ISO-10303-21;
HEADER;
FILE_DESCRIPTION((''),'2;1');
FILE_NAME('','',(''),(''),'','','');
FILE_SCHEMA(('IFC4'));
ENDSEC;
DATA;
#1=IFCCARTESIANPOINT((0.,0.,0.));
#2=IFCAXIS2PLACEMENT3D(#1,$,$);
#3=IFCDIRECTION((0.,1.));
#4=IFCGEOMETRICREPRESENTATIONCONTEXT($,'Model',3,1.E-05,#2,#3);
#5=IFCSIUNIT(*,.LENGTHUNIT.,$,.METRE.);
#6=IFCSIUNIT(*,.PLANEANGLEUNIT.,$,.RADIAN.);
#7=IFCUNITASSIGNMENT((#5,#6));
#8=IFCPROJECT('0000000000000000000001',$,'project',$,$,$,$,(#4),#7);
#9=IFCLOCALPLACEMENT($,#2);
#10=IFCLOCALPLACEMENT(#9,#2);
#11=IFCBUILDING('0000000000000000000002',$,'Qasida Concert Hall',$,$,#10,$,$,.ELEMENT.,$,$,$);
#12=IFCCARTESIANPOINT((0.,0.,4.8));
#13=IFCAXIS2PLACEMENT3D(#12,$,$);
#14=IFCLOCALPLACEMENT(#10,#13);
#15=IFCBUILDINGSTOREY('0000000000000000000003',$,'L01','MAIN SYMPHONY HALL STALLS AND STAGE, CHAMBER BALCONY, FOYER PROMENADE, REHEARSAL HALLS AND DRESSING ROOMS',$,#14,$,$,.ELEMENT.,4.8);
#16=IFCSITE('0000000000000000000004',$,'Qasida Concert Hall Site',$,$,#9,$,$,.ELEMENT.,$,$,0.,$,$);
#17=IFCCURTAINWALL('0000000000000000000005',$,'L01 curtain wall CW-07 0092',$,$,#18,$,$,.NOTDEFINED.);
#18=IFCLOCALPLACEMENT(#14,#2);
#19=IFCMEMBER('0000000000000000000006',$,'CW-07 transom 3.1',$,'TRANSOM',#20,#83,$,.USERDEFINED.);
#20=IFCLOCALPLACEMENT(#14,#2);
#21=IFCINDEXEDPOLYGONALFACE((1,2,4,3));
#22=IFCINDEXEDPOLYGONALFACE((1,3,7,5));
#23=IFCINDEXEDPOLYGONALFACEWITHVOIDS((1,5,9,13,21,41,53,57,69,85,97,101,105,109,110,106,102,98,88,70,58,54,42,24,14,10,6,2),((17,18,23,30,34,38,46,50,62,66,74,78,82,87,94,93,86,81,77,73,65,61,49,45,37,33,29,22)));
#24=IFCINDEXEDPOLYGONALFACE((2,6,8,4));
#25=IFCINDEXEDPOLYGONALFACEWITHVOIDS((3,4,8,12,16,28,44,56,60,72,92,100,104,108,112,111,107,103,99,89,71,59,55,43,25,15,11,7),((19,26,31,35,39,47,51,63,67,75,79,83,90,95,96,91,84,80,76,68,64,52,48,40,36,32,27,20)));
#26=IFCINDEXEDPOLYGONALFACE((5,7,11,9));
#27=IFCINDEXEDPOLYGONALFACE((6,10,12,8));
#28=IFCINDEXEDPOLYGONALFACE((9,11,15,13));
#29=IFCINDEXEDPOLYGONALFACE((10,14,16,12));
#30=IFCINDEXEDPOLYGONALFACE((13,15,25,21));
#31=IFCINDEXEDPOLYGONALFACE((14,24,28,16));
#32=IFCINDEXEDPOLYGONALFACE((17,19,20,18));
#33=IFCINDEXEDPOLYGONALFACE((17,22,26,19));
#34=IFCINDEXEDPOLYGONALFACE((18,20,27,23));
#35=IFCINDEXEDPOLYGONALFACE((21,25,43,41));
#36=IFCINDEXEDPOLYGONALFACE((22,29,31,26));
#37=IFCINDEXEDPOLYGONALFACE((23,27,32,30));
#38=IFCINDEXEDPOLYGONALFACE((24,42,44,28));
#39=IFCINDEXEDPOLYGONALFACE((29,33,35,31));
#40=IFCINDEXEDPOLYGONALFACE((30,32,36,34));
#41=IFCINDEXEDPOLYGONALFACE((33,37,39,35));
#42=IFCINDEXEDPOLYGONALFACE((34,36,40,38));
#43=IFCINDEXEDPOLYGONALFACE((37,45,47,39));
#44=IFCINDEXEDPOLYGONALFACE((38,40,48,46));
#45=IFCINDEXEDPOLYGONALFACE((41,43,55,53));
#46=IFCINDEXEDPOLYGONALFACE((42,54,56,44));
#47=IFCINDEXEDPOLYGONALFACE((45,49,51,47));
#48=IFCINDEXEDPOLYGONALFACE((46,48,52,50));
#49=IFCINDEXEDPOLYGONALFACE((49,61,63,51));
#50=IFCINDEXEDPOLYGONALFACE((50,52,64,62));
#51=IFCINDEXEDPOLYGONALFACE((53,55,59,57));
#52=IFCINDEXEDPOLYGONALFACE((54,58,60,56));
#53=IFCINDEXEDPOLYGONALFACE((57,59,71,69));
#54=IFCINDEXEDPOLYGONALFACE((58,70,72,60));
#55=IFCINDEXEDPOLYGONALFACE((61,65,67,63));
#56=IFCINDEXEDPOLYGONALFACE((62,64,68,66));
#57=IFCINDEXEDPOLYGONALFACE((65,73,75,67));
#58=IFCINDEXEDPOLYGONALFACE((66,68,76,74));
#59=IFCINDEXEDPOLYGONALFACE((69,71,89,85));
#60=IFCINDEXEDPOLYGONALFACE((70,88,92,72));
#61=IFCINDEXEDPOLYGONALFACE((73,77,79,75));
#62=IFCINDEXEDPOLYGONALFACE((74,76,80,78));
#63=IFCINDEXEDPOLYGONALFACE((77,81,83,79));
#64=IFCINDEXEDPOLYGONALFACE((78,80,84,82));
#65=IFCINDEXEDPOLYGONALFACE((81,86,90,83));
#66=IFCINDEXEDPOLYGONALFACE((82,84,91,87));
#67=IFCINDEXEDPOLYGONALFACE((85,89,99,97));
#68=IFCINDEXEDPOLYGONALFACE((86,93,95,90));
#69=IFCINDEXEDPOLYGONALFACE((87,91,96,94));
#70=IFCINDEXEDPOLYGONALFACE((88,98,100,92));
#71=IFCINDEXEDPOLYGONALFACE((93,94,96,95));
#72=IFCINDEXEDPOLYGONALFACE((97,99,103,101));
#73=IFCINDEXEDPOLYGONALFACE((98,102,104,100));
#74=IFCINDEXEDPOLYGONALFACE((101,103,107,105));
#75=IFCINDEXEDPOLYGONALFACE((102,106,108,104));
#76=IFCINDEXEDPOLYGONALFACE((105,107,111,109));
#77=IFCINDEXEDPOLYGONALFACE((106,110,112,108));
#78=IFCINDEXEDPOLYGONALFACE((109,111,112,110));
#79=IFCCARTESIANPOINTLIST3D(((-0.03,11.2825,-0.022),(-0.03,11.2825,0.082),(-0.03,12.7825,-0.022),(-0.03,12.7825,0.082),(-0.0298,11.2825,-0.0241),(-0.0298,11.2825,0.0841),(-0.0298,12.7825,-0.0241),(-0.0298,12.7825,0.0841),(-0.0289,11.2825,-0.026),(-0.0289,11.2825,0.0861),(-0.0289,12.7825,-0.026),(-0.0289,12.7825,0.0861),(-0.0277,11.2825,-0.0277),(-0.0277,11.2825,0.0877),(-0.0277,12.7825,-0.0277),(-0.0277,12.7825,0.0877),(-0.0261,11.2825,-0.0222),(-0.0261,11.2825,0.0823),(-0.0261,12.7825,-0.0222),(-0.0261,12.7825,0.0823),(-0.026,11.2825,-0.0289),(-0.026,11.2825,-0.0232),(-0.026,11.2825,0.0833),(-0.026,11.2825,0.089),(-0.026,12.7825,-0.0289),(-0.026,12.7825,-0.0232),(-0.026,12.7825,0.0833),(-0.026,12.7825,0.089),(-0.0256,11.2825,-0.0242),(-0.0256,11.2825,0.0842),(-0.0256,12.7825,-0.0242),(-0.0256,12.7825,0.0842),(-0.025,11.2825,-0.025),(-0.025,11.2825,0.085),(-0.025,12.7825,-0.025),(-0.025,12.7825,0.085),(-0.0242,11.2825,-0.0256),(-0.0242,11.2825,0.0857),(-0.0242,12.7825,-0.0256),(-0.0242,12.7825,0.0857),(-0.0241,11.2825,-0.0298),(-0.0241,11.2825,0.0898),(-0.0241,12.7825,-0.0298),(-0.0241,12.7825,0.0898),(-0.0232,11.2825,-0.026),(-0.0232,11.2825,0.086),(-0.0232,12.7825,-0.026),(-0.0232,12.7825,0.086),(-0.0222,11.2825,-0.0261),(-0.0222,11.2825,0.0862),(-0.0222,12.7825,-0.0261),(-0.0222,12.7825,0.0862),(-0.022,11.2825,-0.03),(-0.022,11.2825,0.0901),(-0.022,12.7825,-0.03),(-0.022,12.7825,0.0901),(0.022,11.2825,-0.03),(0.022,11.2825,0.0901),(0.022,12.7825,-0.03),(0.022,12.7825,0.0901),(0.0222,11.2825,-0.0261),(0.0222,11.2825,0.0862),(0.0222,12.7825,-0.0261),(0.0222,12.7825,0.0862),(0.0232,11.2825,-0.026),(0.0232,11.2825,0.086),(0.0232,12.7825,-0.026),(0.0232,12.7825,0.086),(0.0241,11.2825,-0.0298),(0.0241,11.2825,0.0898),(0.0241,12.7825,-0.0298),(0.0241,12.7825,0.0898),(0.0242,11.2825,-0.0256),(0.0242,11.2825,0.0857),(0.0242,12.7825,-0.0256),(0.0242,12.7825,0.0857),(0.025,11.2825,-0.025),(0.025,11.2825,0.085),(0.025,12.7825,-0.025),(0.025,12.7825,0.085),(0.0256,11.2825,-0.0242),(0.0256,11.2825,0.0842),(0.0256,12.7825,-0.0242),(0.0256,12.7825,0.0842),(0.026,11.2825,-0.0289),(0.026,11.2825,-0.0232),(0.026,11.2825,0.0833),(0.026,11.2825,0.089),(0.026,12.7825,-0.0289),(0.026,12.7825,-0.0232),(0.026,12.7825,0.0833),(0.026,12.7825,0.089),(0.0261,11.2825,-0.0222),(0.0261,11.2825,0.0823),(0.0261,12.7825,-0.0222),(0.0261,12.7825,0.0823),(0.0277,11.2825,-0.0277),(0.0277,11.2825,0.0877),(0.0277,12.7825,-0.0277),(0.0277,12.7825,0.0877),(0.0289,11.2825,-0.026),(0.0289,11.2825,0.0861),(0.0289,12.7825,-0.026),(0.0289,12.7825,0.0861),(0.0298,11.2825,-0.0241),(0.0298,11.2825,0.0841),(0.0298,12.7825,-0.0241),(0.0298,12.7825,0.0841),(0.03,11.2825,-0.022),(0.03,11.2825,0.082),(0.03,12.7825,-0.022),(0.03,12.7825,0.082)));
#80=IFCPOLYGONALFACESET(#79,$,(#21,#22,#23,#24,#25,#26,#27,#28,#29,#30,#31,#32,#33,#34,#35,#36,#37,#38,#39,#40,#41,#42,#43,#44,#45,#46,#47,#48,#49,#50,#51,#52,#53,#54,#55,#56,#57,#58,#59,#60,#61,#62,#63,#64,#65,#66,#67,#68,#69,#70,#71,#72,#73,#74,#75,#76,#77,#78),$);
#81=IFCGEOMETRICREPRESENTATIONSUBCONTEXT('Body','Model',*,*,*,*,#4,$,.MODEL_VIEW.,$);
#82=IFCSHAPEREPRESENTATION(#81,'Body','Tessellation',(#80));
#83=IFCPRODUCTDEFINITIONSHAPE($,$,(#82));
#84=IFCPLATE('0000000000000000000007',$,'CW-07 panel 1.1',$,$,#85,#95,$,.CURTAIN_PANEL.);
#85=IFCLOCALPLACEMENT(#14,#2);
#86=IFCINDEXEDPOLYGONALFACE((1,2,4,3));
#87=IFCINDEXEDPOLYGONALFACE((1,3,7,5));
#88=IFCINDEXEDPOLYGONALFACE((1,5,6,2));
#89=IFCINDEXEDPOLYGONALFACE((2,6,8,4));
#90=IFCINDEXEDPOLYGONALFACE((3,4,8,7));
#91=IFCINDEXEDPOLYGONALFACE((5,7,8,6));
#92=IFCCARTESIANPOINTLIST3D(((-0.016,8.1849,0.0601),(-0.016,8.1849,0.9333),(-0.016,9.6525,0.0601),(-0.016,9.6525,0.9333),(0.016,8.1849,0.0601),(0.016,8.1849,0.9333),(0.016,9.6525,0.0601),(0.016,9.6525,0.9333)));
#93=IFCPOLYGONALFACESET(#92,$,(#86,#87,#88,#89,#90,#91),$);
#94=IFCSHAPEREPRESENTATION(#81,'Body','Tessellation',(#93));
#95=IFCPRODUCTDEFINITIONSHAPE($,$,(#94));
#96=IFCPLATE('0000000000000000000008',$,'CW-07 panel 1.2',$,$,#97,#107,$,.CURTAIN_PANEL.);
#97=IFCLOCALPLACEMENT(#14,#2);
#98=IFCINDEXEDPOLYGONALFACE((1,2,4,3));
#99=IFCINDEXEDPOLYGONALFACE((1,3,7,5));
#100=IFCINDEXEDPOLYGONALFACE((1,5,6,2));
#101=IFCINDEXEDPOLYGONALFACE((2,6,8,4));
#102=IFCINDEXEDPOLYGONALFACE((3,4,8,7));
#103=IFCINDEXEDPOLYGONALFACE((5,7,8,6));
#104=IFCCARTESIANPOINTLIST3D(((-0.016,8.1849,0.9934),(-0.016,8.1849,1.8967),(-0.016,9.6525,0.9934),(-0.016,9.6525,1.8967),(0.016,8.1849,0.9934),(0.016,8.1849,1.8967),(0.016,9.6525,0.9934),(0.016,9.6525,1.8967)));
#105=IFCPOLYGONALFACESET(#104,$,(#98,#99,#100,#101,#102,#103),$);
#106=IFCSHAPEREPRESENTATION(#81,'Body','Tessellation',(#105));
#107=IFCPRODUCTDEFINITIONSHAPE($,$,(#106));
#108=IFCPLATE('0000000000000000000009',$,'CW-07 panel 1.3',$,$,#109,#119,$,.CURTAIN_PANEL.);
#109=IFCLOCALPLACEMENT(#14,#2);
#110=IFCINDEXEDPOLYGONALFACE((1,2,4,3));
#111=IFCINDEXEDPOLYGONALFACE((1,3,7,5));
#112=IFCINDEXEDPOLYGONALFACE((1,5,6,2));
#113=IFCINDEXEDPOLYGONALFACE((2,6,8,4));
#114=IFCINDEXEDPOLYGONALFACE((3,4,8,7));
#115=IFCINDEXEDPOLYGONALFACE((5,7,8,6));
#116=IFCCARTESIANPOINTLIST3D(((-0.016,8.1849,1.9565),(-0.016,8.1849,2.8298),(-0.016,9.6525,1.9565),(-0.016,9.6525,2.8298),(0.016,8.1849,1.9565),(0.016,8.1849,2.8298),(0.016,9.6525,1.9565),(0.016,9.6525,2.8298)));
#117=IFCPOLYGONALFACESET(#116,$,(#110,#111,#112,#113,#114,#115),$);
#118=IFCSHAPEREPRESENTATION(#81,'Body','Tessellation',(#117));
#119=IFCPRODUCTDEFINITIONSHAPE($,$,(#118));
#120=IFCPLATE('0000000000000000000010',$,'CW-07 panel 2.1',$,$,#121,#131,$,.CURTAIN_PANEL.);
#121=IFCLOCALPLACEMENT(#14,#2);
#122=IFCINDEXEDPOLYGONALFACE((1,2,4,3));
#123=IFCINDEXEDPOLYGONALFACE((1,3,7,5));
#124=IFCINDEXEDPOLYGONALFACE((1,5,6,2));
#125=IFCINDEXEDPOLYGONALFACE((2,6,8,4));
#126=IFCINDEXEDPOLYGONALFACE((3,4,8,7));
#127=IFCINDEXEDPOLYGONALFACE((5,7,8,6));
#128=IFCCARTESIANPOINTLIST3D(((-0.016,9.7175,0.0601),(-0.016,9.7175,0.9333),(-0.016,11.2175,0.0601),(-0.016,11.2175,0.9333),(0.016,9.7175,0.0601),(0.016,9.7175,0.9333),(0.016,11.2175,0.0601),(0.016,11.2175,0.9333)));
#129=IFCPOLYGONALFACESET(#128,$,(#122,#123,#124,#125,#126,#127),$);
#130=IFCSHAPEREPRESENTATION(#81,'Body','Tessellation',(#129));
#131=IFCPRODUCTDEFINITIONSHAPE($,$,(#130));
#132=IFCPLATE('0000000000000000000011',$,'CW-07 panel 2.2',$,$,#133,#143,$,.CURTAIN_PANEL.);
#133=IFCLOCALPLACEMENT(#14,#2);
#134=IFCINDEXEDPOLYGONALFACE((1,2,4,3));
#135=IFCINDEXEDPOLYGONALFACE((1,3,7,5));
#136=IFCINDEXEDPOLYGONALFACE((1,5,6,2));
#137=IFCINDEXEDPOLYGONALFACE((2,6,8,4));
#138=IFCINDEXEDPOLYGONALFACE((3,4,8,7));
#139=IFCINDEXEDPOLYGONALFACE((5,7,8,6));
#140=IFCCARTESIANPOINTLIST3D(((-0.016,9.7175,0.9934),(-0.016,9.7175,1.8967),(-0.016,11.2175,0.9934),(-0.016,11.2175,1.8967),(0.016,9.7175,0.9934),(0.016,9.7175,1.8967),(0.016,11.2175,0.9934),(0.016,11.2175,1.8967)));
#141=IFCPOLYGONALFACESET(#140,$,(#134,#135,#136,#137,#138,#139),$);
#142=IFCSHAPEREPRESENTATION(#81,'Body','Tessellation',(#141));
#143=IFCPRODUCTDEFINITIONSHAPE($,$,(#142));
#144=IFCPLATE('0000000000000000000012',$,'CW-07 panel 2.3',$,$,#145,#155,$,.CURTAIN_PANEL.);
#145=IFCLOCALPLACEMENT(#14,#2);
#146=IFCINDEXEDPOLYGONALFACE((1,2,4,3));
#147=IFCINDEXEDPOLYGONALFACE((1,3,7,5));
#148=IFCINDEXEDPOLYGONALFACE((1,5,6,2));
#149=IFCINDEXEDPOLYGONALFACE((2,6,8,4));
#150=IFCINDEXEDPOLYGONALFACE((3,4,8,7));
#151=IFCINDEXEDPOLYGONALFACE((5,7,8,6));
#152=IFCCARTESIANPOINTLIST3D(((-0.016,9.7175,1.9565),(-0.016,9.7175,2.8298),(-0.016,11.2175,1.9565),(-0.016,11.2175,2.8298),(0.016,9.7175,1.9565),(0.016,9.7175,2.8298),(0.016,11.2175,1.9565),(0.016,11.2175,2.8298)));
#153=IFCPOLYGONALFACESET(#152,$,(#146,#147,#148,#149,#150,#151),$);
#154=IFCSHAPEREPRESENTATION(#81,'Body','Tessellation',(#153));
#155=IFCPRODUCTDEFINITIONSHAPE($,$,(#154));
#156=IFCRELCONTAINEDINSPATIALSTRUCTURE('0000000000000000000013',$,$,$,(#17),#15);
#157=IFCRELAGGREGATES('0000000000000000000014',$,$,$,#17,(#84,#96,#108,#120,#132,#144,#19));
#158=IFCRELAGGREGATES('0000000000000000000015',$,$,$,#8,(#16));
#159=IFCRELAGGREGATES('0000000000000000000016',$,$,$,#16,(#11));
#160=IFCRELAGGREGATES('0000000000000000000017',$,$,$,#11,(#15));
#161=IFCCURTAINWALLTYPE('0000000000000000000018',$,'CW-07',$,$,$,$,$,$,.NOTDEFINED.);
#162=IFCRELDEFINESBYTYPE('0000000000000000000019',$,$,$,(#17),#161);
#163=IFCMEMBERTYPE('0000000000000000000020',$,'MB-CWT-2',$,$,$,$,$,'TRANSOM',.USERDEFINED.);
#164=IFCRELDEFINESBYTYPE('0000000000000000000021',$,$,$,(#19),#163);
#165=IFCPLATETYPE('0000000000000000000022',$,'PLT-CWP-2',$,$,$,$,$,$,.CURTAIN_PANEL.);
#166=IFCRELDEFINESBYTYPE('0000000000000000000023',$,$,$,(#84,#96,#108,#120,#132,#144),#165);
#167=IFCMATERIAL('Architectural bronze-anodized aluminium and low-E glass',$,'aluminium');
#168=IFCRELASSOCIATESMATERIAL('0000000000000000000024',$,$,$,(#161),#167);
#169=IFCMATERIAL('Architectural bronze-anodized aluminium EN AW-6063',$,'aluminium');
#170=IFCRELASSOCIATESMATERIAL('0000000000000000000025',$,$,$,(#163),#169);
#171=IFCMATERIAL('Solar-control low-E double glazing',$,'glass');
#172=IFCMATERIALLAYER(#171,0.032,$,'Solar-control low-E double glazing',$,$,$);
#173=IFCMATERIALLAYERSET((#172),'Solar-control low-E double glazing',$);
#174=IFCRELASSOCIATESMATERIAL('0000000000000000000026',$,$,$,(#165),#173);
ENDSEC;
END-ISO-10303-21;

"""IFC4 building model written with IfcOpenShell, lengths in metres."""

from ifc_helpers import new_model, si_unit, direction, frame, origin, origin_2d, place, context, subcontext, project, spatial, rectangle, hollow_rectangle, extrude, material, layer, layer_set, material_profile, profile_set, type_object, element, aggregate, save


model = new_model("IFC4")

# Units and contexts
model_context = context("Model", 3, precision=1e-05, world=origin(), true_north=direction((0.0, 1.0)))
body_context = subcontext(model_context, "Body", "Model", "MODEL_VIEW")
ifc_project = project(units=[si_unit("LENGTHUNIT", "METRE"), si_unit("PLANEANGLEUNIT", "RADIAN")], contexts=[model_context])

# Site, building, storey
site_placement = place(None, origin())
site = spatial("IfcSite", under=ifc_project, at=site_placement, Name="Qasida Concert Hall Site", CompositionType="ELEMENT", RefElevation=0.0)
building_placement = place(site_placement, origin())
building = spatial("IfcBuilding", under=site, at=building_placement, Name="Qasida Concert Hall", CompositionType="ELEMENT")
storey_placement = place(building_placement, frame((0.0, 0.0, 4.8)))
storey = spatial("IfcBuildingStorey", under=building, at=storey_placement, Name="L01", Description="MAIN SYMPHONY HALL STALLS AND STAGE, CHAMBER BALCONY, FOYER PROMENADE, REHEARSAL HALLS AND DRESSING ROOMS", CompositionType="ELEMENT", Elevation=4.8)

# Curtain wall, member, plates
ifc_material_1 = material(Name="Architectural bronze-anodized aluminium and low-E glass", Category="aluminium")
curtain_wall_type = type_object("IfcCurtainWallType", Name="CW-07", PredefinedType="NOTDEFINED", material=ifc_material_1)
curtain_wall_placement = place(storey_placement, origin())
curtain_wall = element("IfcCurtainWall", 1, at=curtain_wall_placement, inside=storey, type_object=curtain_wall_type, Name="L01 curtain wall CW-07 0092", PredefinedType="NOTDEFINED")
ifc_material_2 = material(Name="Architectural bronze-anodized aluminium EN AW-6063", Category="aluminium")
ifc_material_profile_1 = material_profile(ifc_material_2, hollow_rectangle(XDim=0.0601, YDim=0.1201, WallThickness=0.0039, InnerFilletRadius=0.0039, OuterFilletRadius=0.0081, at=origin_2d()), Name="CWT 120x60x4")
ifc_profile_set_1 = profile_set([ifc_material_profile_1], Name="Architectural bronze-anodized aluminium EN AW-6063")
member_type_1 = type_object("IfcMemberType", Name="MB-CWT-2", ElementType="TRANSOM", PredefinedType="USERDEFINED", material=ifc_profile_set_1)
member_1_placement = place(storey_placement, frame((0.0, 11.2825, 0.03), z_axis=(0.0, 1.0, 0.0), x_axis=(-1.0, 0.0, 0.0)))
member_1 = element("IfcMember", 2, at=member_1_placement, type_object=member_type_1, Name="CW-07 transom 3.1", ObjectType="TRANSOM", PredefinedType="USERDEFINED", context=body_context, shape_type="SweptSolid", body=[
    extrude(hollow_rectangle(XDim=0.0601, YDim=0.1201, WallThickness=0.0039, InnerFilletRadius=0.0039, OuterFilletRadius=0.0081, at=origin_2d()), origin(), (0.0, 0.0, 1.0), 1.5),
])
ifc_material_3 = material(Name="Solar-control low-E double glazing", Category="glass")
ifc_layer_1 = layer(ifc_material_3, 0.032, Name="Solar-control low-E double glazing")
ifc_layer_set_1 = layer_set([ifc_layer_1], Name="Solar-control low-E double glazing")
plate_type = type_object("IfcPlateType", Name="PLT-CWP-2", PredefinedType="CURTAIN_PANEL", material=ifc_layer_set_1)
plate_1_placement = place(storey_placement, frame((0.0, 8.9187, 0.0601), z_axis=(0.0, 0.0, 1.0), x_axis=(0.0, 1.0, 0.0)))
plate_1 = element("IfcPlate", 3, at=plate_1_placement, type_object=plate_type, Name="CW-07 panel 1.1", PredefinedType="CURTAIN_PANEL", context=body_context, shape_type="SweptSolid", body=[
    extrude(rectangle(XDim=1.4675, YDim=0.032, at=origin_2d()), origin(), (0.0, 0.0, 1.0), 0.8733),
])
plate_2_placement = place(storey_placement, frame((0.0, 8.9187, 0.9934), z_axis=(0.0, 0.0, 1.0), x_axis=(0.0, 1.0, 0.0)))
plate_2 = element("IfcPlate", 4, at=plate_2_placement, type_object=plate_type, Name="CW-07 panel 1.2", PredefinedType="CURTAIN_PANEL", context=body_context, shape_type="SweptSolid", body=[
    extrude(rectangle(XDim=1.4675, YDim=0.032, at=origin_2d()), origin(), (0.0, 0.0, 1.0), 0.9033),
])
plate_3_placement = place(storey_placement, frame((0.0, 8.9187, 1.9565), z_axis=(0.0, 0.0, 1.0), x_axis=(0.0, 1.0, 0.0)))
plate_3 = element("IfcPlate", 5, at=plate_3_placement, type_object=plate_type, Name="CW-07 panel 1.3", PredefinedType="CURTAIN_PANEL", context=body_context, shape_type="SweptSolid", body=[
    extrude(rectangle(XDim=1.4675, YDim=0.032, at=origin_2d()), origin(), (0.0, 0.0, 1.0), 0.8733),
])
plate_4_placement = place(storey_placement, frame((0.0, 10.4675, 0.0601), z_axis=(0.0, 0.0, 1.0), x_axis=(0.0, 1.0, 0.0)))
plate_4 = element("IfcPlate", 6, at=plate_4_placement, type_object=plate_type, Name="CW-07 panel 2.1", PredefinedType="CURTAIN_PANEL", context=body_context, shape_type="SweptSolid", body=[
    extrude(rectangle(XDim=1.5, YDim=0.032, at=origin_2d()), origin(), (0.0, 0.0, 1.0), 0.8733),
])
plate_5_placement = place(storey_placement, frame((0.0, 10.4675, 0.9934), z_axis=(0.0, 0.0, 1.0), x_axis=(0.0, 1.0, 0.0)))
plate_5 = element("IfcPlate", 7, at=plate_5_placement, type_object=plate_type, Name="CW-07 panel 2.2", PredefinedType="CURTAIN_PANEL", context=body_context, shape_type="SweptSolid", body=[
    extrude(rectangle(XDim=1.5, YDim=0.032, at=origin_2d()), origin(), (0.0, 0.0, 1.0), 0.9033),
])
plate_6_placement = place(storey_placement, frame((0.0, 10.4675, 1.9565), z_axis=(0.0, 0.0, 1.0), x_axis=(0.0, 1.0, 0.0)))
plate_6 = element("IfcPlate", 8, at=plate_6_placement, type_object=plate_type, Name="CW-07 panel 2.3", PredefinedType="CURTAIN_PANEL", context=body_context, shape_type="SweptSolid", body=[
    extrude(rectangle(XDim=1.5, YDim=0.032, at=origin_2d()), origin(), (0.0, 0.0, 1.0), 0.8733),
])
aggregate(curtain_wall, [plate_1, plate_2, plate_3, plate_4, plate_5, plate_6, member_1])

save(model, "model.ifc")
